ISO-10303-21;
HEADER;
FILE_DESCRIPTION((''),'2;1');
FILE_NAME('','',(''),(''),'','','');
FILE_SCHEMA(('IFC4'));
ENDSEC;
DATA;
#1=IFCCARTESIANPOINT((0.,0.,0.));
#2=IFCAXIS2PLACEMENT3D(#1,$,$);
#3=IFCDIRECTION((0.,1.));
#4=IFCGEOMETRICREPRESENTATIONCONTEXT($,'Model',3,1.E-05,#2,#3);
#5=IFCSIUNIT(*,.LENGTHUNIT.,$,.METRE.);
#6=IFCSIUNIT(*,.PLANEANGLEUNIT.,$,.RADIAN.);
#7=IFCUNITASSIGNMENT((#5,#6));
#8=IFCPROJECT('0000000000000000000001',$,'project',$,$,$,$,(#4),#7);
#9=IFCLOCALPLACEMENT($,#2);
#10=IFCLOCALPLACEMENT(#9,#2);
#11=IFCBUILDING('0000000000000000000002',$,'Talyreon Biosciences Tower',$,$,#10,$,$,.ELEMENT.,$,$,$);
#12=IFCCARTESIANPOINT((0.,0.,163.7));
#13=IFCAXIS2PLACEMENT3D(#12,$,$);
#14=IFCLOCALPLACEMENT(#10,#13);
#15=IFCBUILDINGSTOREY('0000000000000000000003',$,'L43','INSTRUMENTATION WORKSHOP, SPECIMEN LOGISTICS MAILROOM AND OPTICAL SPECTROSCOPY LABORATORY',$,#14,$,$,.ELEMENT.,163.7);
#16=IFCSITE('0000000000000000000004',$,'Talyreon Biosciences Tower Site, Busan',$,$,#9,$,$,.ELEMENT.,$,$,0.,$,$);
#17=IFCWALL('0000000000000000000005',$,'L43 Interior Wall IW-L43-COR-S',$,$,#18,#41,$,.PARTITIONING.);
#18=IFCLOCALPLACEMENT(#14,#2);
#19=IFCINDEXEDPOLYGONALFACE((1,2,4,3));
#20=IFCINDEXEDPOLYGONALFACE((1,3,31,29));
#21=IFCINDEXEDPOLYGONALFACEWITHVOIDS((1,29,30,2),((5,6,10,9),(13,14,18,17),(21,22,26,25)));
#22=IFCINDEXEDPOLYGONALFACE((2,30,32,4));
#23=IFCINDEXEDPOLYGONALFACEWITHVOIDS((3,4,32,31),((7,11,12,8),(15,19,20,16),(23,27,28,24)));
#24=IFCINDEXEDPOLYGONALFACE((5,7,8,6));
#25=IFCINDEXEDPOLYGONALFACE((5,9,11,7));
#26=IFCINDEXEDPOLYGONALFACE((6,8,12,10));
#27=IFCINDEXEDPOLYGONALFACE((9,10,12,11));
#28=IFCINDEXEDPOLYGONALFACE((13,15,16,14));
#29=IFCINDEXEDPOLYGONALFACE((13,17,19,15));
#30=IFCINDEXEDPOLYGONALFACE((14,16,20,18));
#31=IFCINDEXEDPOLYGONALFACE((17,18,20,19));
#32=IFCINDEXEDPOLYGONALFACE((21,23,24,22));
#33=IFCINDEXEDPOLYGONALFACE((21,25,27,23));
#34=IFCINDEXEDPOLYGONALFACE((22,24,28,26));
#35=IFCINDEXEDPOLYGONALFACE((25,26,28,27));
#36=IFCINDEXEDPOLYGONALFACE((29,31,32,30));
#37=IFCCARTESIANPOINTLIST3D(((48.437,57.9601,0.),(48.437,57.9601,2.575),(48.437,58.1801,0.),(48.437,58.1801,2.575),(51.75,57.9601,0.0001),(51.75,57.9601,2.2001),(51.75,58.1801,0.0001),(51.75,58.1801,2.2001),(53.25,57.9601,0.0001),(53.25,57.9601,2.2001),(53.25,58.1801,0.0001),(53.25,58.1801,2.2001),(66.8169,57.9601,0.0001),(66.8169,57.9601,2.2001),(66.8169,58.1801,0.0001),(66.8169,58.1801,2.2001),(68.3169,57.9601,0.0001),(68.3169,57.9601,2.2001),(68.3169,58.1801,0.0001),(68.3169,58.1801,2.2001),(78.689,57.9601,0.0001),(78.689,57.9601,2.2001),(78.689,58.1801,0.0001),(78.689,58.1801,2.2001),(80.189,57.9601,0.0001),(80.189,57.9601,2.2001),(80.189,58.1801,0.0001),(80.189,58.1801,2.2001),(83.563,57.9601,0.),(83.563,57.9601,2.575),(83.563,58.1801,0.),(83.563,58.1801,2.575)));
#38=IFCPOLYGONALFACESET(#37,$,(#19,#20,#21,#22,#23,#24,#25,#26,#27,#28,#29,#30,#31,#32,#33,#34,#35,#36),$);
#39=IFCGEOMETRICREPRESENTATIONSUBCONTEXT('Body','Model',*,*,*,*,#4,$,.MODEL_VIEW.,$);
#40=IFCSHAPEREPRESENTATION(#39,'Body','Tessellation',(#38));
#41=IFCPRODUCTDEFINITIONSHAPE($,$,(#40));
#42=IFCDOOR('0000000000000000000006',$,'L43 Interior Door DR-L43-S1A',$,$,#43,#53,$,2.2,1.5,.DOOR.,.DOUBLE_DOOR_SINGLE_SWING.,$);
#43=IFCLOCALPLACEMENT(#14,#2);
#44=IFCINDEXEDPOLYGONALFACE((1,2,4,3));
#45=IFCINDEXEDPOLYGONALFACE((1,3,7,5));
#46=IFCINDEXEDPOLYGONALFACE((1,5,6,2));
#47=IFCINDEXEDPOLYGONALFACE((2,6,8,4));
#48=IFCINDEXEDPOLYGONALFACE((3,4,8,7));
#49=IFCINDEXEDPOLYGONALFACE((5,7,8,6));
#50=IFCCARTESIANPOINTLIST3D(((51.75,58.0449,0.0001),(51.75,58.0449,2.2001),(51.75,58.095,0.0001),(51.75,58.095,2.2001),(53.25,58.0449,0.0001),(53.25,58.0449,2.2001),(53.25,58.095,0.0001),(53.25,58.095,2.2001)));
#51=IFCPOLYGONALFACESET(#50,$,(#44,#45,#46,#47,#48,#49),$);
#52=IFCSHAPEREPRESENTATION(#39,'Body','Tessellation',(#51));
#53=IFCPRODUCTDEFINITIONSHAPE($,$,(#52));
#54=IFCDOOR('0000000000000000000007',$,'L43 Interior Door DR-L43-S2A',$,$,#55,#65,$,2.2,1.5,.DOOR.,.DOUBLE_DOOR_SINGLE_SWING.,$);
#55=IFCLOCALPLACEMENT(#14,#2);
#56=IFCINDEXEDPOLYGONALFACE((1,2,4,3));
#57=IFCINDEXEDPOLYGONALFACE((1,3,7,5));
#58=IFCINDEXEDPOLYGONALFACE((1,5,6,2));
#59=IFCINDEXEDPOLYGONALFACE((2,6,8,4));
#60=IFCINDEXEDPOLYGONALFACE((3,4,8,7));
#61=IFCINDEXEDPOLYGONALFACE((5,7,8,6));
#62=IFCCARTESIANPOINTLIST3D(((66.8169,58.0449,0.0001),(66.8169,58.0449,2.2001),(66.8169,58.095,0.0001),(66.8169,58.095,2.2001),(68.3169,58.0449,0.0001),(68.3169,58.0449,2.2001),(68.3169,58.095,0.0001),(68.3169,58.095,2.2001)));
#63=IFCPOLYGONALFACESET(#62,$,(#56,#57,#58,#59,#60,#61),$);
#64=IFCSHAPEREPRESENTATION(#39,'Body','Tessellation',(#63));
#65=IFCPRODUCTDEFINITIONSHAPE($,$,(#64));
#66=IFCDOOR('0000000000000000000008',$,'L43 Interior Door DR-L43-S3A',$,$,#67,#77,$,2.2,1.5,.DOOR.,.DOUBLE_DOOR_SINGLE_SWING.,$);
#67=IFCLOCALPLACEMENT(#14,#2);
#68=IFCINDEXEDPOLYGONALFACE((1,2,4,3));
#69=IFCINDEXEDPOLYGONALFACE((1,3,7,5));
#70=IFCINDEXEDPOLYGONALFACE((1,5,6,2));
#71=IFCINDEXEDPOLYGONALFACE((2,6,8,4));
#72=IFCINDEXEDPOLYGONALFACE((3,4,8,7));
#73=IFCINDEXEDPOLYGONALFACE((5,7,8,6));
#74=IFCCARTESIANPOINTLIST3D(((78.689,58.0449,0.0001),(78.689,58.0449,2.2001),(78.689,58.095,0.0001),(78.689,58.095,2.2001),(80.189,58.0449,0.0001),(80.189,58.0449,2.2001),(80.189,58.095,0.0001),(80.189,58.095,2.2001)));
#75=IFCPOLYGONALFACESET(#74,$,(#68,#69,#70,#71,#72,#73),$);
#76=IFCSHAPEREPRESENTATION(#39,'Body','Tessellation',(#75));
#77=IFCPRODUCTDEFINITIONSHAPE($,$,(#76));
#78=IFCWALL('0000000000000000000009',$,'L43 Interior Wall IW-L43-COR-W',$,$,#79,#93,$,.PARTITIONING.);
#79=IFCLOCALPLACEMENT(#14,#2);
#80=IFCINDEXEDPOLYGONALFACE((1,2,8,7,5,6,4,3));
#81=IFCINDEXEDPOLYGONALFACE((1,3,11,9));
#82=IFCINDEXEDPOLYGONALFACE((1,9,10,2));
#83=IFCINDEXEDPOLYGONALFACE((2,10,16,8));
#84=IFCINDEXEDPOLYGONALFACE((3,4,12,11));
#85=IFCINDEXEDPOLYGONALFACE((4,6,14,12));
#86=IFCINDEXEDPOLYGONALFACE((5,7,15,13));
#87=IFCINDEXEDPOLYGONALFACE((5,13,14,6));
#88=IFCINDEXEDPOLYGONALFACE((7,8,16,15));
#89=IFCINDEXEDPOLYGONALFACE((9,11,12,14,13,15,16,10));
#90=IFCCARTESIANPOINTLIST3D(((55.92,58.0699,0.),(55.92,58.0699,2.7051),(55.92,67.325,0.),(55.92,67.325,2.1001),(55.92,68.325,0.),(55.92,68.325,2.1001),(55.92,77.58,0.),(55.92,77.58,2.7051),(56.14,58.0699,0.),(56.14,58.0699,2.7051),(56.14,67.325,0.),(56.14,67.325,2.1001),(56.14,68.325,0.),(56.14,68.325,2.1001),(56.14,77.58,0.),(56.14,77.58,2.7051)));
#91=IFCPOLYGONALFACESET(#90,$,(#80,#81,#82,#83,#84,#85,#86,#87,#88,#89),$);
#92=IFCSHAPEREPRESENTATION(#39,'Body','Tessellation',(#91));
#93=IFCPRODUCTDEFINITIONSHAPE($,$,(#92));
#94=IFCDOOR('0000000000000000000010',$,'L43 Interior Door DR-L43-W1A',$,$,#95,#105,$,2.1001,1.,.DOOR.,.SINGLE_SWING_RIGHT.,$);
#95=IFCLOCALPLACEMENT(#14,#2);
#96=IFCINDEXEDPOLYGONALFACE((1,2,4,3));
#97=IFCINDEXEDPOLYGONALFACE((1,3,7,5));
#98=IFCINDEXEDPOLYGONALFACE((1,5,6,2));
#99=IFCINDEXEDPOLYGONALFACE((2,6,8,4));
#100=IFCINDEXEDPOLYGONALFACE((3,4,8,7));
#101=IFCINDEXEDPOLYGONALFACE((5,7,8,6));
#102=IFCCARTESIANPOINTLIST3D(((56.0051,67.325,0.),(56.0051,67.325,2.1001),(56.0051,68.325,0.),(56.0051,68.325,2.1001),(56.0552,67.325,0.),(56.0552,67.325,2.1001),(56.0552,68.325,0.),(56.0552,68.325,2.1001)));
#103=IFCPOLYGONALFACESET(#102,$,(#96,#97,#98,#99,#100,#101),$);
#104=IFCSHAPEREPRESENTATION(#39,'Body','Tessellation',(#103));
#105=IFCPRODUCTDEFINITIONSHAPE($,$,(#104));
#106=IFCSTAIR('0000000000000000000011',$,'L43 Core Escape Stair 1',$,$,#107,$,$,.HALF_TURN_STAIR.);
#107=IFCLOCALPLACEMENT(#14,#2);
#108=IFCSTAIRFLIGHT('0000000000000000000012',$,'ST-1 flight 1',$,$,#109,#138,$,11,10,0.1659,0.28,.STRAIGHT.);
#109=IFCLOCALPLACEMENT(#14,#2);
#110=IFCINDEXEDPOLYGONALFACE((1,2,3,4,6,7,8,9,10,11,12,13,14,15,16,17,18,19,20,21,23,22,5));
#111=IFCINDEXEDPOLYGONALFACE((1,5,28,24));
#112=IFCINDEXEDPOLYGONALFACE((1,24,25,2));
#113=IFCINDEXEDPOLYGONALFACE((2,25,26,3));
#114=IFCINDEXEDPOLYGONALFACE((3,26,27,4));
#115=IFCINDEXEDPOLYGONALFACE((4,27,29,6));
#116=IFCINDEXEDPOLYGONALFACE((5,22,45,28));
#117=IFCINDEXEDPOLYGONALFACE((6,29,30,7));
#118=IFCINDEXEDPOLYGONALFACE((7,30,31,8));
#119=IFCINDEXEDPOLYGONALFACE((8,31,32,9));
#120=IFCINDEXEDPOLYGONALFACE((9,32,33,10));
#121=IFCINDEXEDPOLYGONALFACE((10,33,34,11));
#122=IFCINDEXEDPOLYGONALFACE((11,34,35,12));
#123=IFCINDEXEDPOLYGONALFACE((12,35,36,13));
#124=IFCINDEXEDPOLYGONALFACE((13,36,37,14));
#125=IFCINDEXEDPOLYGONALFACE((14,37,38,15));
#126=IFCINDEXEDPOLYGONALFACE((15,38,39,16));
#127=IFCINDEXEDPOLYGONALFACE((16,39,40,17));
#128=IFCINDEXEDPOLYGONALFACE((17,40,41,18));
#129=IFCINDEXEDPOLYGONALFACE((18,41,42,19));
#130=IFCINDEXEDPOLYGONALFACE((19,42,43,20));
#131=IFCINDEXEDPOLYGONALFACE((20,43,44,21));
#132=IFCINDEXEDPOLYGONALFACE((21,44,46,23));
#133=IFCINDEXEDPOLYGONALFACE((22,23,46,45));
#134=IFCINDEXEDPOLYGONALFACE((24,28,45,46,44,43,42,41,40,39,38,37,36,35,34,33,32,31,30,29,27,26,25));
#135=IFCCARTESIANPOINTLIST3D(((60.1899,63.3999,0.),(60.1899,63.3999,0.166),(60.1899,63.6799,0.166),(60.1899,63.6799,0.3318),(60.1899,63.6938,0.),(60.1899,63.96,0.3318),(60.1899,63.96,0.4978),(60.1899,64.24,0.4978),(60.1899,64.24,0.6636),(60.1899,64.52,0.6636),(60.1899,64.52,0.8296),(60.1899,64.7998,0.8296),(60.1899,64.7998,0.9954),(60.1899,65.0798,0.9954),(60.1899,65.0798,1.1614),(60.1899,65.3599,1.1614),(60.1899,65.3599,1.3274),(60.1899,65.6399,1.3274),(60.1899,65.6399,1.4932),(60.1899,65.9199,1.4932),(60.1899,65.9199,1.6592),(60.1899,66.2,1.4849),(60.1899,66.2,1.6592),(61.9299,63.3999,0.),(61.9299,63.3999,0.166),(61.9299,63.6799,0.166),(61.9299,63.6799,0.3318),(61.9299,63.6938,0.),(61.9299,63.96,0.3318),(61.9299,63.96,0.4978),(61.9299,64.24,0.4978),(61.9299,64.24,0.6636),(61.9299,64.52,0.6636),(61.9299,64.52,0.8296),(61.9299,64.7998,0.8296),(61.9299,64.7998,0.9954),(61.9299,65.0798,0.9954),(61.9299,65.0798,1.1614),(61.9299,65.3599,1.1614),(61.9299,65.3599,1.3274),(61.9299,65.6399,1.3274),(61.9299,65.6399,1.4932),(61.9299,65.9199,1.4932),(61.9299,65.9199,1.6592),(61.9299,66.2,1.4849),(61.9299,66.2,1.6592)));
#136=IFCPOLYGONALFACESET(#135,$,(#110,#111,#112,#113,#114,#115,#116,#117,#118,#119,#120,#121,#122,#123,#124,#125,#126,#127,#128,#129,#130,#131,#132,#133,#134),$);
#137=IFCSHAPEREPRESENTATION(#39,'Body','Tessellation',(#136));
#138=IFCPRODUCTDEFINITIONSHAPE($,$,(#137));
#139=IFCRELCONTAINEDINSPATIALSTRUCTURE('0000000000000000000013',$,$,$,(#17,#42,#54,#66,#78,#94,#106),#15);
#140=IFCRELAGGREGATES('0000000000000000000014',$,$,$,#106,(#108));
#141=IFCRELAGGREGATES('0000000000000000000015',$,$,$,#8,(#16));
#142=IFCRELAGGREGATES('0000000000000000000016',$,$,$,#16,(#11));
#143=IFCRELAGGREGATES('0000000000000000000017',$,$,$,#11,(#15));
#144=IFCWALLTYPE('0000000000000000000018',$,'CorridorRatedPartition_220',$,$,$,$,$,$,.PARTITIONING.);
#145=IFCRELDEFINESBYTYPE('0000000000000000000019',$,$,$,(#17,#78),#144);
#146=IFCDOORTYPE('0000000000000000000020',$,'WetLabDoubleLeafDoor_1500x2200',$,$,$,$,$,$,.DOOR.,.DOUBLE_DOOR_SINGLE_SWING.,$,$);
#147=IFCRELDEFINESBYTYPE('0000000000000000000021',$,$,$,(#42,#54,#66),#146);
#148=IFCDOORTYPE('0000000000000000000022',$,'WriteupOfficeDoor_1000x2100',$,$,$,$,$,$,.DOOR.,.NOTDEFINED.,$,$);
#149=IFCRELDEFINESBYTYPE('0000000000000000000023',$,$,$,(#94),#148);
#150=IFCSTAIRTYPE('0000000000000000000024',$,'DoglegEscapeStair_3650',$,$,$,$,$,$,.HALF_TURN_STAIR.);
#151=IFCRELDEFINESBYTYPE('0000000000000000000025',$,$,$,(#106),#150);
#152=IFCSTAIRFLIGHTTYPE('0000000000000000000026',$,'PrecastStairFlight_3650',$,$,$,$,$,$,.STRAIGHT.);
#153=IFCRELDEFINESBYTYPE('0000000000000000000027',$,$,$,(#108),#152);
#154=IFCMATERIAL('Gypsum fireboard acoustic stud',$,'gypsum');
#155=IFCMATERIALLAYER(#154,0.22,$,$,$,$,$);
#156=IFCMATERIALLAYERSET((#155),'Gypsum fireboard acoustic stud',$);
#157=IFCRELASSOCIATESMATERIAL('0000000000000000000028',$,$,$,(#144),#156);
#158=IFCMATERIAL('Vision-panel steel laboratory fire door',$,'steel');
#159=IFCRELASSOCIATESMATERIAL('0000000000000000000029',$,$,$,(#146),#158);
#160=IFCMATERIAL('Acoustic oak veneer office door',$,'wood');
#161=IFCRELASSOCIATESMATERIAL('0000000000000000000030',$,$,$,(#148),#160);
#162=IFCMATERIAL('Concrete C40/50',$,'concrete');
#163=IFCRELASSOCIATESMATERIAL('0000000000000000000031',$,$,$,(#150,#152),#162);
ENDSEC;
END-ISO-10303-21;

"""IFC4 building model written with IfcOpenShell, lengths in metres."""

from ifc_helpers import new_model, si_unit, direction, frame, frame_2d, origin, place, context, subcontext, project, spatial, polyline, rectangle, outline, extrude, material, layer, layer_set, type_object, element, fill, aggregate, save


model = new_model("IFC4")

# Units and contexts
model_context = context("Model", 3, precision=1e-05, world=origin(), true_north=direction((0.0, 1.0)))
body_context = subcontext(model_context, "Body", "Model", "MODEL_VIEW")
ifc_project = project(units=[si_unit("LENGTHUNIT", "METRE"), si_unit("PLANEANGLEUNIT", "RADIAN")], contexts=[model_context])

# Site, building, storey
site_placement = place(None, origin())
site = spatial("IfcSite", under=ifc_project, at=site_placement, Name="Talyreon Biosciences Tower Site, Busan", CompositionType="ELEMENT", RefElevation=0.0)
building_placement = place(site_placement, origin())
building = spatial("IfcBuilding", under=site, at=building_placement, Name="Talyreon Biosciences Tower", CompositionType="ELEMENT")
storey_placement = place(building_placement, frame((0.0, 0.0, 163.7)))
storey = spatial("IfcBuildingStorey", under=building, at=storey_placement, Name="L43", Description="INSTRUMENTATION WORKSHOP, SPECIMEN LOGISTICS MAILROOM AND OPTICAL SPECTROSCOPY LABORATORY", CompositionType="ELEMENT", Elevation=163.7)

# Wall, openings, doors
ifc_material_1 = material(Name="Gypsum fireboard acoustic stud", Category="gypsum")
ifc_layer_1 = layer(ifc_material_1, 0.22)
ifc_layer_set_1 = layer_set([ifc_layer_1], Name="Gypsum fireboard acoustic stud")
wall_type_1 = type_object("IfcWallType", Name="CorridorRatedPartition_220", PredefinedType="PARTITIONING", material=ifc_layer_set_1)
wall_1_placement = place(storey_placement, frame((48.437, 58.0701, 0.0), z_axis=(0.0, 0.0, 1.0), x_axis=(1.0, 0.0, 0.0)))
wall_1 = element("IfcWall", 1, at=wall_1_placement, inside=storey, type_object=wall_type_1, Name="L43 Interior Wall IW-L43-COR-S", PredefinedType="PARTITIONING", context=body_context, shape_type="SweptSolid", body=[
    extrude(rectangle(XDim=35.126, YDim=0.22, at=frame_2d((17.563, 0.0))), origin(), (0.0, 0.0, 1.0), 2.575),
])
opening_1_placement = place(wall_1_placement, frame((3.313, 0.0, 0.0)))
opening_1 = element("IfcOpeningElement", 2, at=opening_1_placement, cuts=wall_1, PredefinedType="OPENING", context=body_context, shape_type="SweptSolid", body=[
    extrude(rectangle(XDim=1.5, YDim=2.2, at=frame_2d((0.75, 1.1001))), frame((0.0, 0.1199, 0.0), z_axis=(0.0, -1.0, 0.0), x_axis=(1.0, 0.0, 0.0)), (0.0, 0.0, 1.0), 0.24),
])
opening_2_placement = place(wall_1_placement, frame((18.3799, 0.0, 0.0)))
opening_2 = element("IfcOpeningElement", 3, at=opening_2_placement, cuts=wall_1, PredefinedType="OPENING", context=body_context, shape_type="SweptSolid", body=[
    extrude(rectangle(XDim=1.5, YDim=2.2, at=frame_2d((0.75, 1.1001))), frame((0.0, 0.1199, 0.0), z_axis=(0.0, -1.0, 0.0), x_axis=(1.0, 0.0, 0.0)), (0.0, 0.0, 1.0), 0.24),
])
opening_3_placement = place(wall_1_placement, frame((30.252, 0.0, 0.0)))
opening_3 = element("IfcOpeningElement", 4, at=opening_3_placement, cuts=wall_1, PredefinedType="OPENING", context=body_context, shape_type="SweptSolid", body=[
    extrude(rectangle(XDim=1.5, YDim=2.2, at=frame_2d((0.75, 1.1001))), frame((0.0, 0.1199, 0.0), z_axis=(0.0, -1.0, 0.0), x_axis=(1.0, 0.0, 0.0)), (0.0, 0.0, 1.0), 0.24),
])
ifc_material_2 = material(Name="Vision-panel steel laboratory fire door", Category="steel")
door_type_1 = type_object("IfcDoorType", Name="WetLabDoubleLeafDoor_1500x2200", OperationType="DOUBLE_DOOR_SINGLE_SWING", PredefinedType="DOOR", material=ifc_material_2)
door_1_placement = place(opening_1_placement, origin())
door_1 = element("IfcDoor", 5, at=door_1_placement, inside=storey, type_object=door_type_1, Name="L43 Interior Door DR-L43-S1A", OperationType="DOUBLE_DOOR_SINGLE_SWING", OverallHeight=2.2, OverallWidth=1.5, PredefinedType="DOOR", context=body_context, shape_type="SweptSolid", body=[
    extrude(rectangle(XDim=1.5, YDim=2.2, at=frame_2d((0.75, 1.1001))), frame((0.0, 0.0249, 0.0), z_axis=(0.0, -1.0, 0.0), x_axis=(1.0, 0.0, 0.0)), (0.0, 0.0, 1.0), 0.05),
])
fill(opening_1, door_1)
door_2_placement = place(opening_2_placement, origin())
door_2 = element("IfcDoor", 6, at=door_2_placement, inside=storey, type_object=door_type_1, Name="L43 Interior Door DR-L43-S2A", OperationType="DOUBLE_DOOR_SINGLE_SWING", OverallHeight=2.2, OverallWidth=1.5, PredefinedType="DOOR", context=body_context, shape_type="SweptSolid", body=[
    extrude(rectangle(XDim=1.5, YDim=2.2, at=frame_2d((0.75, 1.1001))), frame((0.0, 0.0249, 0.0), z_axis=(0.0, -1.0, 0.0), x_axis=(1.0, 0.0, 0.0)), (0.0, 0.0, 1.0), 0.05),
])
fill(opening_2, door_2)
door_3_placement = place(opening_3_placement, origin())
door_3 = element("IfcDoor", 7, at=door_3_placement, inside=storey, type_object=door_type_1, Name="L43 Interior Door DR-L43-S3A", OperationType="DOUBLE_DOOR_SINGLE_SWING", OverallHeight=2.2, OverallWidth=1.5, PredefinedType="DOOR", context=body_context, shape_type="SweptSolid", body=[
    extrude(rectangle(XDim=1.5, YDim=2.2, at=frame_2d((0.75, 1.1001))), frame((0.0, 0.0249, 0.0), z_axis=(0.0, -1.0, 0.0), x_axis=(1.0, 0.0, 0.0)), (0.0, 0.0, 1.0), 0.05),
])
fill(opening_3, door_3)

# Wall, opening, door
wall_2_placement = place(storey_placement, frame((56.03, 58.0701, 0.0), z_axis=(0.0, 0.0, 1.0), x_axis=(0.0, 1.0, 0.0)))
wall_2 = element("IfcWall", 8, at=wall_2_placement, inside=storey, type_object=wall_type_1, Name="L43 Interior Wall IW-L43-COR-W", PredefinedType="PARTITIONING", context=body_context, shape_type="SweptSolid", body=[
    extrude(rectangle(XDim=19.51, YDim=0.22, at=frame_2d((9.7549, 0.0))), origin(), (0.0, 0.0, 1.0), 2.7051),
])
opening_4_placement = place(wall_2_placement, frame((9.2549, 0.0, 0.0)))
opening_4 = element("IfcOpeningElement", 9, at=opening_4_placement, cuts=wall_2, PredefinedType="OPENING", context=body_context, shape_type="SweptSolid", body=[
    extrude(rectangle(XDim=1.0, YDim=2.1001, at=frame_2d((0.5, 1.05))), frame((0.0, 0.1199, 0.0), z_axis=(0.0, -1.0, 0.0), x_axis=(1.0, 0.0, 0.0)), (0.0, 0.0, 1.0), 0.24),
])
ifc_material_3 = material(Name="Acoustic oak veneer office door", Category="wood")
door_type_2 = type_object("IfcDoorType", Name="WriteupOfficeDoor_1000x2100", OperationType="NOTDEFINED", PredefinedType="DOOR", material=ifc_material_3)
door_4_placement = place(opening_4_placement, origin())
door_4 = element("IfcDoor", 10, at=door_4_placement, inside=storey, type_object=door_type_2, Name="L43 Interior Door DR-L43-W1A", OperationType="SINGLE_SWING_RIGHT", OverallHeight=2.1001, OverallWidth=1.0, PredefinedType="DOOR", context=body_context, shape_type="SweptSolid", body=[
    extrude(rectangle(XDim=1.0, YDim=2.1001, at=frame_2d((0.5, 1.05))), frame((0.0, 0.0249, 0.0), z_axis=(0.0, -1.0, 0.0), x_axis=(1.0, 0.0, 0.0)), (0.0, 0.0, 1.0), 0.05),
])
fill(opening_4, door_4)

# Stair, stair flight
ifc_material_4 = material(Name="Concrete C40/50", Category="concrete")
stair_type = type_object("IfcStairType", Name="DoglegEscapeStair_3650", PredefinedType="HALF_TURN_STAIR", material=ifc_material_4)
stair_placement = place(storey_placement, origin())
stair = element("IfcStair", 11, at=stair_placement, inside=storey, type_object=stair_type, Name="L43 Core Escape Stair 1", PredefinedType="HALF_TURN_STAIR")
stair_flight_type = type_object("IfcStairFlightType", Name="PrecastStairFlight_3650", PredefinedType="STRAIGHT", material=ifc_material_4)
stair_flight_placement = place(storey_placement, frame((61.0601, 63.3999, 0.0), z_axis=(0.0, 0.0, 1.0), x_axis=(0.0, 1.0, 0.0)))
stair_flight = element("IfcStairFlight", 12, at=stair_flight_placement, type_object=stair_flight_type, Name="ST-1 flight 1", NumberOfRisers=11, NumberOfTreads=10, PredefinedType="STRAIGHT", RiserHeight=0.1659, TreadLength=0.28, context=body_context, shape_type="SweptSolid", body=[
    extrude(outline(polyline([(0.0, 0.0), (0.0, 0.166), (0.28, 0.166), (0.28, 0.3318), (0.5601, 0.3318), (0.5601, 0.4978), (0.8401, 0.4978), (0.8401, 0.6636), (1.1201, 0.6636), (1.1201, 0.8296), (1.3999, 0.8296), (1.3999, 0.9954), (1.6799, 0.9954), (1.6799, 1.1614), (1.96, 1.1614), (1.96, 1.3274), (2.24, 1.3274), (2.24, 1.4932), (2.52, 1.4932), (2.52, 1.6592), (2.8, 1.6592), (2.8, 1.825), (2.8, 1.4849), (0.2939, 0.0), (0.0, 0.0)])), frame((0.0, 0.8701, 0.0), z_axis=(0.0, -1.0, 0.0), x_axis=(1.0, 0.0, 0.0)), (0.0, 0.0, 1.0), 1.74),
])
aggregate(stair, [stair_flight])

save(model, "model.ifc")
